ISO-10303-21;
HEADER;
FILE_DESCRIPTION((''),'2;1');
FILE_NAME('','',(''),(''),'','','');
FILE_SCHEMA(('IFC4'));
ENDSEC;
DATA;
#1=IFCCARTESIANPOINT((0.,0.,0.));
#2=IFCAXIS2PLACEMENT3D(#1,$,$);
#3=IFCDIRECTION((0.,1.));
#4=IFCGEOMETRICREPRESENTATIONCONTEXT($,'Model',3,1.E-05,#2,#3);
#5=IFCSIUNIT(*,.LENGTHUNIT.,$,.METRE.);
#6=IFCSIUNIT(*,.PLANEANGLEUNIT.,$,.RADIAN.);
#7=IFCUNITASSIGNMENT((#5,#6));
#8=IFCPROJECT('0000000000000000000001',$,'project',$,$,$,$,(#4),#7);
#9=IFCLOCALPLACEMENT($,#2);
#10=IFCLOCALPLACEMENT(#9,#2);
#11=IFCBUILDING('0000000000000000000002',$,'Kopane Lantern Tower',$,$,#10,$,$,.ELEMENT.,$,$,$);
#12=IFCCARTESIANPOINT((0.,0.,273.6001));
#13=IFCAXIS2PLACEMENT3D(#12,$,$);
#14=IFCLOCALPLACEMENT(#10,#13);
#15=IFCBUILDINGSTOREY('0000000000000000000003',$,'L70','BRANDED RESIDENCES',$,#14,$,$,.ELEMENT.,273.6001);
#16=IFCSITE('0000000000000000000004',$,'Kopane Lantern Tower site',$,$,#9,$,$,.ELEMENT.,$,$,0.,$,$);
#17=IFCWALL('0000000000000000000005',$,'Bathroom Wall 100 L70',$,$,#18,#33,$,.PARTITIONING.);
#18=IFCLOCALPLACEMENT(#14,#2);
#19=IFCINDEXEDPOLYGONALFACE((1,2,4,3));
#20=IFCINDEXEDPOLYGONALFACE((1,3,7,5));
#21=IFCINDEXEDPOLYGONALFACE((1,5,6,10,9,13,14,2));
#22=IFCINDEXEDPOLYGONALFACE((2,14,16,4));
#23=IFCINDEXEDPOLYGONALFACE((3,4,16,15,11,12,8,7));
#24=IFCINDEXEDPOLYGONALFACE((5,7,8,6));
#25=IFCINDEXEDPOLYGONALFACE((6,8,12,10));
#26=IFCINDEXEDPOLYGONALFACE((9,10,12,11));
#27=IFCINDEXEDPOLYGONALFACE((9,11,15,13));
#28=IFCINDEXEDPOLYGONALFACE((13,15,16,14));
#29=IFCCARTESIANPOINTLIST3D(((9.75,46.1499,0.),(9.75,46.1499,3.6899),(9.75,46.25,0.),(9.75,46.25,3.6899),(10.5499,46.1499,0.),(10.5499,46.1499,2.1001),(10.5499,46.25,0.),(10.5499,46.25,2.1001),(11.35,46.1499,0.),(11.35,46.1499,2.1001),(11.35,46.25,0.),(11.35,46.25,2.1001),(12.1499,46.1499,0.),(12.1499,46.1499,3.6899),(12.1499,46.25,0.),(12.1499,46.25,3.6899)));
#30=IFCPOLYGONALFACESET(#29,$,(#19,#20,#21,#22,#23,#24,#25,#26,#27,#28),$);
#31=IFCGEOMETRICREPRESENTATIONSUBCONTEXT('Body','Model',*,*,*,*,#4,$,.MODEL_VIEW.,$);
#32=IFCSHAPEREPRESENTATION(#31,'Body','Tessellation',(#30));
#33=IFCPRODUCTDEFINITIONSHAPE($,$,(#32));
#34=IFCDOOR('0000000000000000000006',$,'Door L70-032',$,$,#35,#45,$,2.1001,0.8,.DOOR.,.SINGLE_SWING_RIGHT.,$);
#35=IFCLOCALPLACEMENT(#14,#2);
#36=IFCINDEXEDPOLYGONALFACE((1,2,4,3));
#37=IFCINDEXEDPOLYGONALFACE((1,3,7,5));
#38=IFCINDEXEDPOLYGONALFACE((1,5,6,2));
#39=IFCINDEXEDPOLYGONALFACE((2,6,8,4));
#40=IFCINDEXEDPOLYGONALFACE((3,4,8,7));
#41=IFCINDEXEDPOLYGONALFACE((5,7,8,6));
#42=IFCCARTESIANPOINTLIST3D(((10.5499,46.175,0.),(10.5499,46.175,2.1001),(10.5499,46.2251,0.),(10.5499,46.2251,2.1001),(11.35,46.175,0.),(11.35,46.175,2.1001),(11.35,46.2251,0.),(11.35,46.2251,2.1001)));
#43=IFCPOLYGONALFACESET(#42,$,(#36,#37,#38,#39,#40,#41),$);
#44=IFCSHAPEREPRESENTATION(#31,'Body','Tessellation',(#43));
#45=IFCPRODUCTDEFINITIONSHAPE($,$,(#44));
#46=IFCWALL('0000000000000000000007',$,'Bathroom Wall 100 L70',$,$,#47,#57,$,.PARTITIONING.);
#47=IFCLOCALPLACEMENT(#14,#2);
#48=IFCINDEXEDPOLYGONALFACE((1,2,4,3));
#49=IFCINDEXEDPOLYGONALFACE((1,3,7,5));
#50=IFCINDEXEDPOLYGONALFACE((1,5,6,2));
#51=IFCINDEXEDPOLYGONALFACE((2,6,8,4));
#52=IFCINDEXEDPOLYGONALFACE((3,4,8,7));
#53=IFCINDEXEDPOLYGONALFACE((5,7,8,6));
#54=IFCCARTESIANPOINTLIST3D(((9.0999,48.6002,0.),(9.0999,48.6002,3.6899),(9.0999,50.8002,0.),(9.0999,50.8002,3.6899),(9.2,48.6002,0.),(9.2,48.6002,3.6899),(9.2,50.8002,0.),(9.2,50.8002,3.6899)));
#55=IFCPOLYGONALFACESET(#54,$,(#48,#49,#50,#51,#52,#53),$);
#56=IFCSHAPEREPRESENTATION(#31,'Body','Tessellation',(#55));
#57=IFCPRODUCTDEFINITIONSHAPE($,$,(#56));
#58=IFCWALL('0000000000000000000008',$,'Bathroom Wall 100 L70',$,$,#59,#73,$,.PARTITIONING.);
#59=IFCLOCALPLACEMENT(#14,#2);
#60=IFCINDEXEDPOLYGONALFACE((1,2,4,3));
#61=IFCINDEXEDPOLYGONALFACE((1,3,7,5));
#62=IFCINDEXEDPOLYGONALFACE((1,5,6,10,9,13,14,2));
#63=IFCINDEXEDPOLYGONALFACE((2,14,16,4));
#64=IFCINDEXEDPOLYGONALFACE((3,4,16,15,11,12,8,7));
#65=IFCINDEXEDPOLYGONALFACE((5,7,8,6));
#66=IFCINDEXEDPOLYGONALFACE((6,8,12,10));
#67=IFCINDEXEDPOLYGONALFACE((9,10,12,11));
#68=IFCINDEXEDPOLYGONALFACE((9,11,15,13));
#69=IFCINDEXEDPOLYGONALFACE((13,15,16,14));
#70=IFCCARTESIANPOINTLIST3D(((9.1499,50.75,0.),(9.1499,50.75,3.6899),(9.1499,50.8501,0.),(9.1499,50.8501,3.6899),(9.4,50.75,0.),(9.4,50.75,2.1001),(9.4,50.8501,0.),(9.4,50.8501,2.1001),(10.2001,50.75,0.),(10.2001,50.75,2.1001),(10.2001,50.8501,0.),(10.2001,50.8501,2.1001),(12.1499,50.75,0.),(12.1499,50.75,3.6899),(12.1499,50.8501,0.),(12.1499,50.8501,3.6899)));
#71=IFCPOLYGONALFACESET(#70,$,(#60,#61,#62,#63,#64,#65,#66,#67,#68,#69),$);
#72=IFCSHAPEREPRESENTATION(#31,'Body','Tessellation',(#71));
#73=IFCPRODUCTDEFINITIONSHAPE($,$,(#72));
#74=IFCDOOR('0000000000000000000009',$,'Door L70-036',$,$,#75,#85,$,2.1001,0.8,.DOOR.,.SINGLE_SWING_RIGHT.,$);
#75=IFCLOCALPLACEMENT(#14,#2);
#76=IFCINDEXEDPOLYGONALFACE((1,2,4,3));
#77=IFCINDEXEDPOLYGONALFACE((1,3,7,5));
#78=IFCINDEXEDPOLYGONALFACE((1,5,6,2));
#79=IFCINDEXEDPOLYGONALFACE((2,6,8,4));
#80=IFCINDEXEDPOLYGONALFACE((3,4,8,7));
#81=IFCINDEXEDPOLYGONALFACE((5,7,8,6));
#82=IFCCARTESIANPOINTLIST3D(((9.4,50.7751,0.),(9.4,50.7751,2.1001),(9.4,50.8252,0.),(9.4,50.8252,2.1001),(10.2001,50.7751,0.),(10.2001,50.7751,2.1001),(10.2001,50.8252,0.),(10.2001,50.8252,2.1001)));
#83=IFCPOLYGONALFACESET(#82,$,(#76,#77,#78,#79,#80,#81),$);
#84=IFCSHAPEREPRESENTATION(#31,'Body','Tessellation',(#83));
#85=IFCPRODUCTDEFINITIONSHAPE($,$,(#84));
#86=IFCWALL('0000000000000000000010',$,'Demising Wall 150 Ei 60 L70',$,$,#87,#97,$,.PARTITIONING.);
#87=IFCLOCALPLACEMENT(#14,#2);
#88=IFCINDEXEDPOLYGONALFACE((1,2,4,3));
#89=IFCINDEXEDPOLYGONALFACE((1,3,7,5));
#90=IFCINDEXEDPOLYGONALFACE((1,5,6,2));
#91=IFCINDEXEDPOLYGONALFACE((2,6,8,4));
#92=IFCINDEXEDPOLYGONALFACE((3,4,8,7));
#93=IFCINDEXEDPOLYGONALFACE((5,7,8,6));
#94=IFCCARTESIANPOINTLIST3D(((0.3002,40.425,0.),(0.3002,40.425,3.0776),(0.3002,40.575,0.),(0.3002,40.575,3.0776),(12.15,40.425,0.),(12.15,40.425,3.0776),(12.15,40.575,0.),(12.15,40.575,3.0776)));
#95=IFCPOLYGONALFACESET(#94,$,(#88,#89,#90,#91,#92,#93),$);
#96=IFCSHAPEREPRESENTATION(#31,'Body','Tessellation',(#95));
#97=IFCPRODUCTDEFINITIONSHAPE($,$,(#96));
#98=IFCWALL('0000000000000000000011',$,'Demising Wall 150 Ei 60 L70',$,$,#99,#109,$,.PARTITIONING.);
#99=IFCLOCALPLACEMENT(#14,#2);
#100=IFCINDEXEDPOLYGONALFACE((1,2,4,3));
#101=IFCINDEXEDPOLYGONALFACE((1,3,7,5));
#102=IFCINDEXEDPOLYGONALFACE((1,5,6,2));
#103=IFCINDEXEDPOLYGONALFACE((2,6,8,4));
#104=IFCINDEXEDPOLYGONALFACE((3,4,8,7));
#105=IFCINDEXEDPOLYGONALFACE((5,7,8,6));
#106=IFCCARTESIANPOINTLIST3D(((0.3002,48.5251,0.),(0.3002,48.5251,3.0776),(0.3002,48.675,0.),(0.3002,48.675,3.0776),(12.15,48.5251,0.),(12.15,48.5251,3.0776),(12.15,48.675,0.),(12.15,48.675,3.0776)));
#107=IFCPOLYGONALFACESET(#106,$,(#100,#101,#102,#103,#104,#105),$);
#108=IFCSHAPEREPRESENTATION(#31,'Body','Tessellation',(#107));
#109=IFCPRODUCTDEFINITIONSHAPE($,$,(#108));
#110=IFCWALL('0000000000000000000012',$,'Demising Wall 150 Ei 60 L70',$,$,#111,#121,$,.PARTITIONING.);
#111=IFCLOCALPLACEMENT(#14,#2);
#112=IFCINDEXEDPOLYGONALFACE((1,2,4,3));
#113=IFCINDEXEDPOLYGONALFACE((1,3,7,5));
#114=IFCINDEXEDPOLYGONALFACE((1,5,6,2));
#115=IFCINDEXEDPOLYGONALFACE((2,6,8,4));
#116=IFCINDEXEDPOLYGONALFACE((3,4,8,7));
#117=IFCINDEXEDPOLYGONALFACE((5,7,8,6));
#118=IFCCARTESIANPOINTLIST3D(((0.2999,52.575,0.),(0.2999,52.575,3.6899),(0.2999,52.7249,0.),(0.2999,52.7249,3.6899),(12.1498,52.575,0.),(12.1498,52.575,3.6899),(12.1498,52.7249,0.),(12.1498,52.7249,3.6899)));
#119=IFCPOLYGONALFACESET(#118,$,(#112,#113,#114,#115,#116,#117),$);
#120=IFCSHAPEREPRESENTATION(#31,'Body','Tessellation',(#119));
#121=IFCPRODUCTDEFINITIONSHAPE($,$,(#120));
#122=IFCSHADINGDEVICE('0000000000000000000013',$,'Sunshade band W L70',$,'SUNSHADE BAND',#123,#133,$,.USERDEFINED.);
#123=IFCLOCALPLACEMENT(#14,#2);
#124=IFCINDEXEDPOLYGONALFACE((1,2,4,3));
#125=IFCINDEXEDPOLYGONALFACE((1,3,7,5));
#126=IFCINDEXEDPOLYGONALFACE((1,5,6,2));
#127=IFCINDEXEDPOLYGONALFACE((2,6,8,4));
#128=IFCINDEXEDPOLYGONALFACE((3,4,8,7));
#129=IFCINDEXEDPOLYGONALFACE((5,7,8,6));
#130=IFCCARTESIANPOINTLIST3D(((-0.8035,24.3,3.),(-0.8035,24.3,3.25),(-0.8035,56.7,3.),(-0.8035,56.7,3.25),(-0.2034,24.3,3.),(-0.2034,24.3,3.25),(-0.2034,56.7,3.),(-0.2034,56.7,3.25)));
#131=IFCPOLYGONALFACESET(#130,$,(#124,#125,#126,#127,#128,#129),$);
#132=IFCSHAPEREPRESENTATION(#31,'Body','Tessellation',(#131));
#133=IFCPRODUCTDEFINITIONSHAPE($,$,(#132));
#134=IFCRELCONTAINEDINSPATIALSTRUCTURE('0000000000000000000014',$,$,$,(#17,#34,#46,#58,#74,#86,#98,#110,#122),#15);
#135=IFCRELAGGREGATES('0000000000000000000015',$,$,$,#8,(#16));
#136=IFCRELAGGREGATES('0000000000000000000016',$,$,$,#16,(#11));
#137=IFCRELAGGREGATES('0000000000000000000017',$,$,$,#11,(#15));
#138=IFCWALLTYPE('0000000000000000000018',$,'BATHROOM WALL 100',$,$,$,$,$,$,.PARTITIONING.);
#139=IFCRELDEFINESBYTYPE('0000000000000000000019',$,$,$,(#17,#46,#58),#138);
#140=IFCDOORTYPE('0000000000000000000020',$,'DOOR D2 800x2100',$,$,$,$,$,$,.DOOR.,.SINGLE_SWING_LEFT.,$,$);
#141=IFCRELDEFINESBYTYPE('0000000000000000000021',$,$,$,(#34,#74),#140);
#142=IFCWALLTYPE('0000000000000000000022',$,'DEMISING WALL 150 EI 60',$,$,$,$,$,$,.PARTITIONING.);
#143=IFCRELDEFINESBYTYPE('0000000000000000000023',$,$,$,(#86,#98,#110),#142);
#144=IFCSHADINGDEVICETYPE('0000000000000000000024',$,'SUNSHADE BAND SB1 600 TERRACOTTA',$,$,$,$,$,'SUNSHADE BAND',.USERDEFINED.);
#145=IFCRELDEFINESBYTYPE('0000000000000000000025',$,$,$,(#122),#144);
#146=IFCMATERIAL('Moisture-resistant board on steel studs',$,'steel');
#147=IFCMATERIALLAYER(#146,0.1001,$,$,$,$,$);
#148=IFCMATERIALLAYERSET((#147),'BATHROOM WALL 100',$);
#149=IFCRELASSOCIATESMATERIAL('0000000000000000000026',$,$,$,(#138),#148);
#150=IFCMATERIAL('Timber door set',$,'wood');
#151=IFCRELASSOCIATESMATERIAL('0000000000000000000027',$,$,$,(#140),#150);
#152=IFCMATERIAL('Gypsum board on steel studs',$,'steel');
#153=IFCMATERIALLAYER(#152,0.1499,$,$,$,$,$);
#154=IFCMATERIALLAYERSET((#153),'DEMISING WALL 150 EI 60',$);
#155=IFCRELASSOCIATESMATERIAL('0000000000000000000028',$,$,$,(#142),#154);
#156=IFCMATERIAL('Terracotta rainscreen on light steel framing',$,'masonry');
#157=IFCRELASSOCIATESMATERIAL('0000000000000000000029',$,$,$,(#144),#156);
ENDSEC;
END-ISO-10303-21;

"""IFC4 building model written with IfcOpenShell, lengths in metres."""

from ifc_helpers import new_model, si_unit, direction, frame, frame_2d, origin, origin_2d, place, context, subcontext, project, spatial, rectangle, extrude, material, layer, layer_set, type_object, element, fill, save


model = new_model("IFC4")

# Units and contexts
model_context = context("Model", 3, precision=1e-05, world=origin(), true_north=direction((0.0, 1.0)))
body_context = subcontext(model_context, "Body", "Model", "MODEL_VIEW")
ifc_project = project(units=[si_unit("LENGTHUNIT", "METRE"), si_unit("PLANEANGLEUNIT", "RADIAN")], contexts=[model_context])

# Site, building, storey
site_placement = place(None, origin())
site = spatial("IfcSite", under=ifc_project, at=site_placement, Name="Kopane Lantern Tower site", CompositionType="ELEMENT", RefElevation=0.0)
building_placement = place(site_placement, origin())
building = spatial("IfcBuilding", under=site, at=building_placement, Name="Kopane Lantern Tower", CompositionType="ELEMENT")
storey_placement = place(building_placement, frame((0.0, 0.0, 273.6001)))
storey = spatial("IfcBuildingStorey", under=building, at=storey_placement, Name="L70", Description="BRANDED RESIDENCES", CompositionType="ELEMENT", Elevation=273.6001)

# Wall, opening, door
ifc_material_1 = material(Name="Moisture-resistant board on steel studs", Category="steel")
ifc_layer_1 = layer(ifc_material_1, 0.1001)
ifc_layer_set_1 = layer_set([ifc_layer_1], Name="BATHROOM WALL 100")
wall_type_1 = type_object("IfcWallType", Name="BATHROOM WALL 100", PredefinedType="PARTITIONING", material=ifc_layer_set_1)
wall_1_placement = place(storey_placement, frame((12.1499, 46.2, 0.0), z_axis=(0.0, 0.0, 1.0), x_axis=(-1.0, 0.0, 0.0)))
wall_1 = element("IfcWall", 1, at=wall_1_placement, inside=storey, type_object=wall_type_1, Name="Bathroom Wall 100 L70", PredefinedType="PARTITIONING", context=body_context, shape_type="SweptSolid", body=[
    extrude(rectangle(XDim=2.3999, YDim=0.1001, at=frame_2d((1.2, 0.0))), origin(), (0.0, 0.0, 1.0), 3.6899),
])
opening_1_placement = place(wall_1_placement, frame((0.8, 0.0, 0.0)))
opening_1 = element("IfcOpeningElement", 2, at=opening_1_placement, cuts=wall_1, PredefinedType="OPENING", context=body_context, shape_type="SweptSolid", body=[
    extrude(rectangle(XDim=0.8, YDim=2.1001, at=frame_2d((0.3999, 1.05))), frame((0.0, 0.0601, 0.0), z_axis=(0.0, -1.0, 0.0), x_axis=(1.0, 0.0, 0.0)), (0.0, 0.0, 1.0), 0.1201),
])
ifc_material_2 = material(Name="Timber door set", Category="wood")
door_type = type_object("IfcDoorType", Name="DOOR D2 800x2100", OperationType="SINGLE_SWING_LEFT", PredefinedType="DOOR", material=ifc_material_2)
door_1_placement = place(opening_1_placement, origin())
door_1 = element("IfcDoor", 3, at=door_1_placement, inside=storey, type_object=door_type, Name="Door L70-032", OperationType="SINGLE_SWING_RIGHT", OverallHeight=2.1001, OverallWidth=0.8, PredefinedType="DOOR", context=body_context, shape_type="SweptSolid", body=[
    extrude(rectangle(XDim=0.8, YDim=2.1001, at=frame_2d((0.3999, 1.05))), frame((0.0, 0.0249, 0.0), z_axis=(0.0, -1.0, 0.0), x_axis=(1.0, 0.0, 0.0)), (0.0, 0.0, 1.0), 0.05),
])
fill(opening_1, door_1)

# Wall
wall_2_placement = place(storey_placement, frame((9.1499, 48.6001, 0.0), z_axis=(0.0, 0.0, 1.0), x_axis=(0.0, 1.0, 0.0)))
element("IfcWall", 4, at=wall_2_placement, inside=storey, type_object=wall_type_1, Name="Bathroom Wall 100 L70", PredefinedType="PARTITIONING", context=body_context, shape_type="SweptSolid", body=[
    extrude(rectangle(XDim=2.2, YDim=0.1001, at=frame_2d((1.1001, 0.0))), origin(), (0.0, 0.0, 1.0), 3.6899),
])

# Wall, opening, door
wall_3_placement = place(storey_placement, frame((12.1499, 50.8, 0.0), z_axis=(0.0, 0.0, 1.0), x_axis=(-1.0, 0.0, 0.0)))
wall_3 = element("IfcWall", 5, at=wall_3_placement, inside=storey, type_object=wall_type_1, Name="Bathroom Wall 100 L70", PredefinedType="PARTITIONING", context=body_context, shape_type="SweptSolid", body=[
    extrude(rectangle(XDim=3.0, YDim=0.1001, at=frame_2d((1.5, 0.0))), origin(), (0.0, 0.0, 1.0), 3.6899),
])
opening_2_placement = place(wall_3_placement, frame((1.95, 0.0, 0.0)))
opening_2 = element("IfcOpeningElement", 6, at=opening_2_placement, cuts=wall_3, PredefinedType="OPENING", context=body_context, shape_type="SweptSolid", body=[
    extrude(rectangle(XDim=0.8, YDim=2.1001, at=frame_2d((0.3999, 1.05))), frame((0.0, 0.0601, 0.0), z_axis=(0.0, -1.0, 0.0), x_axis=(1.0, 0.0, 0.0)), (0.0, 0.0, 1.0), 0.1201),
])
door_2_placement = place(opening_2_placement, origin())
door_2 = element("IfcDoor", 7, at=door_2_placement, inside=storey, type_object=door_type, Name="Door L70-036", OperationType="SINGLE_SWING_RIGHT", OverallHeight=2.1001, OverallWidth=0.8, PredefinedType="DOOR", context=body_context, shape_type="SweptSolid", body=[
    extrude(rectangle(XDim=0.8, YDim=2.1001, at=frame_2d((0.3999, 1.05))), frame((0.0, 0.0249, 0.0), z_axis=(0.0, -1.0, 0.0), x_axis=(1.0, 0.0, 0.0)), (0.0, 0.0, 1.0), 0.05),
])
fill(opening_2, door_2)

# Walls
ifc_material_3 = material(Name="Gypsum board on steel studs", Category="steel")
ifc_layer_2 = layer(ifc_material_3, 0.1499)
ifc_layer_set_2 = layer_set([ifc_layer_2], Name="DEMISING WALL 150 EI 60")
wall_type_2 = type_object("IfcWallType", Name="DEMISING WALL 150 EI 60", PredefinedType="PARTITIONING", material=ifc_layer_set_2)
for number, where, z_axis, x_axis, name in (
    (8, (12.1499, 40.5, 0.0), (0.0, 0.0, 1.0), (-1.0, 0.0, 0.0), "Demising Wall 150 Ei 60 L70"),
    (9, (12.1499, 48.6001, 0.0), (0.0, 0.0, 1.0), (-1.0, 0.0, 0.0), "Demising Wall 150 Ei 60 L70"),
):
    element("IfcWall", number, at=place(storey_placement, frame(where, z_axis=z_axis, x_axis=x_axis)), inside=storey, type_object=wall_type_2, Name=name, PredefinedType="PARTITIONING", context=body_context, shape_type="SweptSolid", body=[
        extrude(rectangle(XDim=11.8499, YDim=0.1499, at=frame_2d((5.9248, 0.0))), origin(), (0.0, 0.0, 1.0), 3.0776),
    ])
wall_4_placement = place(storey_placement, frame((0.3, 52.6499, 0.0), z_axis=(0.0, 0.0, 1.0), x_axis=(1.0, 0.0, 0.0)))
element("IfcWall", 10, at=wall_4_placement, inside=storey, type_object=wall_type_2, Name="Demising Wall 150 Ei 60 L70", PredefinedType="PARTITIONING", context=body_context, shape_type="SweptSolid", body=[
    extrude(rectangle(XDim=11.8499, YDim=0.1499, at=frame_2d((5.9248, 0.0))), origin(), (0.0, 0.0, 1.0), 3.6899),
])

# Shading device
ifc_material_4 = material(Name="Terracotta rainscreen on light steel framing", Category="masonry")
shading_device_type = type_object("IfcShadingDeviceType", Name="SUNSHADE BAND SB1 600 TERRACOTTA", ElementType="SUNSHADE BAND", PredefinedType="USERDEFINED", material=ifc_material_4)
shading_device_placement = place(storey_placement, frame((-0.5034, 40.5, 3.0), z_axis=(0.0, 0.0, 1.0), x_axis=(0.0, -1.0, 0.0)))
element("IfcShadingDevice", 11, at=shading_device_placement, inside=storey, type_object=shading_device_type, Name="Sunshade band W L70", ObjectType="SUNSHADE BAND", PredefinedType="USERDEFINED", context=body_context, shape_type="SweptSolid", body=[
    extrude(rectangle(XDim=32.3999, YDim=0.6001, at=origin_2d()), origin(), (0.0, 0.0, 1.0), 0.25),
])

save(model, "model.ifc")
